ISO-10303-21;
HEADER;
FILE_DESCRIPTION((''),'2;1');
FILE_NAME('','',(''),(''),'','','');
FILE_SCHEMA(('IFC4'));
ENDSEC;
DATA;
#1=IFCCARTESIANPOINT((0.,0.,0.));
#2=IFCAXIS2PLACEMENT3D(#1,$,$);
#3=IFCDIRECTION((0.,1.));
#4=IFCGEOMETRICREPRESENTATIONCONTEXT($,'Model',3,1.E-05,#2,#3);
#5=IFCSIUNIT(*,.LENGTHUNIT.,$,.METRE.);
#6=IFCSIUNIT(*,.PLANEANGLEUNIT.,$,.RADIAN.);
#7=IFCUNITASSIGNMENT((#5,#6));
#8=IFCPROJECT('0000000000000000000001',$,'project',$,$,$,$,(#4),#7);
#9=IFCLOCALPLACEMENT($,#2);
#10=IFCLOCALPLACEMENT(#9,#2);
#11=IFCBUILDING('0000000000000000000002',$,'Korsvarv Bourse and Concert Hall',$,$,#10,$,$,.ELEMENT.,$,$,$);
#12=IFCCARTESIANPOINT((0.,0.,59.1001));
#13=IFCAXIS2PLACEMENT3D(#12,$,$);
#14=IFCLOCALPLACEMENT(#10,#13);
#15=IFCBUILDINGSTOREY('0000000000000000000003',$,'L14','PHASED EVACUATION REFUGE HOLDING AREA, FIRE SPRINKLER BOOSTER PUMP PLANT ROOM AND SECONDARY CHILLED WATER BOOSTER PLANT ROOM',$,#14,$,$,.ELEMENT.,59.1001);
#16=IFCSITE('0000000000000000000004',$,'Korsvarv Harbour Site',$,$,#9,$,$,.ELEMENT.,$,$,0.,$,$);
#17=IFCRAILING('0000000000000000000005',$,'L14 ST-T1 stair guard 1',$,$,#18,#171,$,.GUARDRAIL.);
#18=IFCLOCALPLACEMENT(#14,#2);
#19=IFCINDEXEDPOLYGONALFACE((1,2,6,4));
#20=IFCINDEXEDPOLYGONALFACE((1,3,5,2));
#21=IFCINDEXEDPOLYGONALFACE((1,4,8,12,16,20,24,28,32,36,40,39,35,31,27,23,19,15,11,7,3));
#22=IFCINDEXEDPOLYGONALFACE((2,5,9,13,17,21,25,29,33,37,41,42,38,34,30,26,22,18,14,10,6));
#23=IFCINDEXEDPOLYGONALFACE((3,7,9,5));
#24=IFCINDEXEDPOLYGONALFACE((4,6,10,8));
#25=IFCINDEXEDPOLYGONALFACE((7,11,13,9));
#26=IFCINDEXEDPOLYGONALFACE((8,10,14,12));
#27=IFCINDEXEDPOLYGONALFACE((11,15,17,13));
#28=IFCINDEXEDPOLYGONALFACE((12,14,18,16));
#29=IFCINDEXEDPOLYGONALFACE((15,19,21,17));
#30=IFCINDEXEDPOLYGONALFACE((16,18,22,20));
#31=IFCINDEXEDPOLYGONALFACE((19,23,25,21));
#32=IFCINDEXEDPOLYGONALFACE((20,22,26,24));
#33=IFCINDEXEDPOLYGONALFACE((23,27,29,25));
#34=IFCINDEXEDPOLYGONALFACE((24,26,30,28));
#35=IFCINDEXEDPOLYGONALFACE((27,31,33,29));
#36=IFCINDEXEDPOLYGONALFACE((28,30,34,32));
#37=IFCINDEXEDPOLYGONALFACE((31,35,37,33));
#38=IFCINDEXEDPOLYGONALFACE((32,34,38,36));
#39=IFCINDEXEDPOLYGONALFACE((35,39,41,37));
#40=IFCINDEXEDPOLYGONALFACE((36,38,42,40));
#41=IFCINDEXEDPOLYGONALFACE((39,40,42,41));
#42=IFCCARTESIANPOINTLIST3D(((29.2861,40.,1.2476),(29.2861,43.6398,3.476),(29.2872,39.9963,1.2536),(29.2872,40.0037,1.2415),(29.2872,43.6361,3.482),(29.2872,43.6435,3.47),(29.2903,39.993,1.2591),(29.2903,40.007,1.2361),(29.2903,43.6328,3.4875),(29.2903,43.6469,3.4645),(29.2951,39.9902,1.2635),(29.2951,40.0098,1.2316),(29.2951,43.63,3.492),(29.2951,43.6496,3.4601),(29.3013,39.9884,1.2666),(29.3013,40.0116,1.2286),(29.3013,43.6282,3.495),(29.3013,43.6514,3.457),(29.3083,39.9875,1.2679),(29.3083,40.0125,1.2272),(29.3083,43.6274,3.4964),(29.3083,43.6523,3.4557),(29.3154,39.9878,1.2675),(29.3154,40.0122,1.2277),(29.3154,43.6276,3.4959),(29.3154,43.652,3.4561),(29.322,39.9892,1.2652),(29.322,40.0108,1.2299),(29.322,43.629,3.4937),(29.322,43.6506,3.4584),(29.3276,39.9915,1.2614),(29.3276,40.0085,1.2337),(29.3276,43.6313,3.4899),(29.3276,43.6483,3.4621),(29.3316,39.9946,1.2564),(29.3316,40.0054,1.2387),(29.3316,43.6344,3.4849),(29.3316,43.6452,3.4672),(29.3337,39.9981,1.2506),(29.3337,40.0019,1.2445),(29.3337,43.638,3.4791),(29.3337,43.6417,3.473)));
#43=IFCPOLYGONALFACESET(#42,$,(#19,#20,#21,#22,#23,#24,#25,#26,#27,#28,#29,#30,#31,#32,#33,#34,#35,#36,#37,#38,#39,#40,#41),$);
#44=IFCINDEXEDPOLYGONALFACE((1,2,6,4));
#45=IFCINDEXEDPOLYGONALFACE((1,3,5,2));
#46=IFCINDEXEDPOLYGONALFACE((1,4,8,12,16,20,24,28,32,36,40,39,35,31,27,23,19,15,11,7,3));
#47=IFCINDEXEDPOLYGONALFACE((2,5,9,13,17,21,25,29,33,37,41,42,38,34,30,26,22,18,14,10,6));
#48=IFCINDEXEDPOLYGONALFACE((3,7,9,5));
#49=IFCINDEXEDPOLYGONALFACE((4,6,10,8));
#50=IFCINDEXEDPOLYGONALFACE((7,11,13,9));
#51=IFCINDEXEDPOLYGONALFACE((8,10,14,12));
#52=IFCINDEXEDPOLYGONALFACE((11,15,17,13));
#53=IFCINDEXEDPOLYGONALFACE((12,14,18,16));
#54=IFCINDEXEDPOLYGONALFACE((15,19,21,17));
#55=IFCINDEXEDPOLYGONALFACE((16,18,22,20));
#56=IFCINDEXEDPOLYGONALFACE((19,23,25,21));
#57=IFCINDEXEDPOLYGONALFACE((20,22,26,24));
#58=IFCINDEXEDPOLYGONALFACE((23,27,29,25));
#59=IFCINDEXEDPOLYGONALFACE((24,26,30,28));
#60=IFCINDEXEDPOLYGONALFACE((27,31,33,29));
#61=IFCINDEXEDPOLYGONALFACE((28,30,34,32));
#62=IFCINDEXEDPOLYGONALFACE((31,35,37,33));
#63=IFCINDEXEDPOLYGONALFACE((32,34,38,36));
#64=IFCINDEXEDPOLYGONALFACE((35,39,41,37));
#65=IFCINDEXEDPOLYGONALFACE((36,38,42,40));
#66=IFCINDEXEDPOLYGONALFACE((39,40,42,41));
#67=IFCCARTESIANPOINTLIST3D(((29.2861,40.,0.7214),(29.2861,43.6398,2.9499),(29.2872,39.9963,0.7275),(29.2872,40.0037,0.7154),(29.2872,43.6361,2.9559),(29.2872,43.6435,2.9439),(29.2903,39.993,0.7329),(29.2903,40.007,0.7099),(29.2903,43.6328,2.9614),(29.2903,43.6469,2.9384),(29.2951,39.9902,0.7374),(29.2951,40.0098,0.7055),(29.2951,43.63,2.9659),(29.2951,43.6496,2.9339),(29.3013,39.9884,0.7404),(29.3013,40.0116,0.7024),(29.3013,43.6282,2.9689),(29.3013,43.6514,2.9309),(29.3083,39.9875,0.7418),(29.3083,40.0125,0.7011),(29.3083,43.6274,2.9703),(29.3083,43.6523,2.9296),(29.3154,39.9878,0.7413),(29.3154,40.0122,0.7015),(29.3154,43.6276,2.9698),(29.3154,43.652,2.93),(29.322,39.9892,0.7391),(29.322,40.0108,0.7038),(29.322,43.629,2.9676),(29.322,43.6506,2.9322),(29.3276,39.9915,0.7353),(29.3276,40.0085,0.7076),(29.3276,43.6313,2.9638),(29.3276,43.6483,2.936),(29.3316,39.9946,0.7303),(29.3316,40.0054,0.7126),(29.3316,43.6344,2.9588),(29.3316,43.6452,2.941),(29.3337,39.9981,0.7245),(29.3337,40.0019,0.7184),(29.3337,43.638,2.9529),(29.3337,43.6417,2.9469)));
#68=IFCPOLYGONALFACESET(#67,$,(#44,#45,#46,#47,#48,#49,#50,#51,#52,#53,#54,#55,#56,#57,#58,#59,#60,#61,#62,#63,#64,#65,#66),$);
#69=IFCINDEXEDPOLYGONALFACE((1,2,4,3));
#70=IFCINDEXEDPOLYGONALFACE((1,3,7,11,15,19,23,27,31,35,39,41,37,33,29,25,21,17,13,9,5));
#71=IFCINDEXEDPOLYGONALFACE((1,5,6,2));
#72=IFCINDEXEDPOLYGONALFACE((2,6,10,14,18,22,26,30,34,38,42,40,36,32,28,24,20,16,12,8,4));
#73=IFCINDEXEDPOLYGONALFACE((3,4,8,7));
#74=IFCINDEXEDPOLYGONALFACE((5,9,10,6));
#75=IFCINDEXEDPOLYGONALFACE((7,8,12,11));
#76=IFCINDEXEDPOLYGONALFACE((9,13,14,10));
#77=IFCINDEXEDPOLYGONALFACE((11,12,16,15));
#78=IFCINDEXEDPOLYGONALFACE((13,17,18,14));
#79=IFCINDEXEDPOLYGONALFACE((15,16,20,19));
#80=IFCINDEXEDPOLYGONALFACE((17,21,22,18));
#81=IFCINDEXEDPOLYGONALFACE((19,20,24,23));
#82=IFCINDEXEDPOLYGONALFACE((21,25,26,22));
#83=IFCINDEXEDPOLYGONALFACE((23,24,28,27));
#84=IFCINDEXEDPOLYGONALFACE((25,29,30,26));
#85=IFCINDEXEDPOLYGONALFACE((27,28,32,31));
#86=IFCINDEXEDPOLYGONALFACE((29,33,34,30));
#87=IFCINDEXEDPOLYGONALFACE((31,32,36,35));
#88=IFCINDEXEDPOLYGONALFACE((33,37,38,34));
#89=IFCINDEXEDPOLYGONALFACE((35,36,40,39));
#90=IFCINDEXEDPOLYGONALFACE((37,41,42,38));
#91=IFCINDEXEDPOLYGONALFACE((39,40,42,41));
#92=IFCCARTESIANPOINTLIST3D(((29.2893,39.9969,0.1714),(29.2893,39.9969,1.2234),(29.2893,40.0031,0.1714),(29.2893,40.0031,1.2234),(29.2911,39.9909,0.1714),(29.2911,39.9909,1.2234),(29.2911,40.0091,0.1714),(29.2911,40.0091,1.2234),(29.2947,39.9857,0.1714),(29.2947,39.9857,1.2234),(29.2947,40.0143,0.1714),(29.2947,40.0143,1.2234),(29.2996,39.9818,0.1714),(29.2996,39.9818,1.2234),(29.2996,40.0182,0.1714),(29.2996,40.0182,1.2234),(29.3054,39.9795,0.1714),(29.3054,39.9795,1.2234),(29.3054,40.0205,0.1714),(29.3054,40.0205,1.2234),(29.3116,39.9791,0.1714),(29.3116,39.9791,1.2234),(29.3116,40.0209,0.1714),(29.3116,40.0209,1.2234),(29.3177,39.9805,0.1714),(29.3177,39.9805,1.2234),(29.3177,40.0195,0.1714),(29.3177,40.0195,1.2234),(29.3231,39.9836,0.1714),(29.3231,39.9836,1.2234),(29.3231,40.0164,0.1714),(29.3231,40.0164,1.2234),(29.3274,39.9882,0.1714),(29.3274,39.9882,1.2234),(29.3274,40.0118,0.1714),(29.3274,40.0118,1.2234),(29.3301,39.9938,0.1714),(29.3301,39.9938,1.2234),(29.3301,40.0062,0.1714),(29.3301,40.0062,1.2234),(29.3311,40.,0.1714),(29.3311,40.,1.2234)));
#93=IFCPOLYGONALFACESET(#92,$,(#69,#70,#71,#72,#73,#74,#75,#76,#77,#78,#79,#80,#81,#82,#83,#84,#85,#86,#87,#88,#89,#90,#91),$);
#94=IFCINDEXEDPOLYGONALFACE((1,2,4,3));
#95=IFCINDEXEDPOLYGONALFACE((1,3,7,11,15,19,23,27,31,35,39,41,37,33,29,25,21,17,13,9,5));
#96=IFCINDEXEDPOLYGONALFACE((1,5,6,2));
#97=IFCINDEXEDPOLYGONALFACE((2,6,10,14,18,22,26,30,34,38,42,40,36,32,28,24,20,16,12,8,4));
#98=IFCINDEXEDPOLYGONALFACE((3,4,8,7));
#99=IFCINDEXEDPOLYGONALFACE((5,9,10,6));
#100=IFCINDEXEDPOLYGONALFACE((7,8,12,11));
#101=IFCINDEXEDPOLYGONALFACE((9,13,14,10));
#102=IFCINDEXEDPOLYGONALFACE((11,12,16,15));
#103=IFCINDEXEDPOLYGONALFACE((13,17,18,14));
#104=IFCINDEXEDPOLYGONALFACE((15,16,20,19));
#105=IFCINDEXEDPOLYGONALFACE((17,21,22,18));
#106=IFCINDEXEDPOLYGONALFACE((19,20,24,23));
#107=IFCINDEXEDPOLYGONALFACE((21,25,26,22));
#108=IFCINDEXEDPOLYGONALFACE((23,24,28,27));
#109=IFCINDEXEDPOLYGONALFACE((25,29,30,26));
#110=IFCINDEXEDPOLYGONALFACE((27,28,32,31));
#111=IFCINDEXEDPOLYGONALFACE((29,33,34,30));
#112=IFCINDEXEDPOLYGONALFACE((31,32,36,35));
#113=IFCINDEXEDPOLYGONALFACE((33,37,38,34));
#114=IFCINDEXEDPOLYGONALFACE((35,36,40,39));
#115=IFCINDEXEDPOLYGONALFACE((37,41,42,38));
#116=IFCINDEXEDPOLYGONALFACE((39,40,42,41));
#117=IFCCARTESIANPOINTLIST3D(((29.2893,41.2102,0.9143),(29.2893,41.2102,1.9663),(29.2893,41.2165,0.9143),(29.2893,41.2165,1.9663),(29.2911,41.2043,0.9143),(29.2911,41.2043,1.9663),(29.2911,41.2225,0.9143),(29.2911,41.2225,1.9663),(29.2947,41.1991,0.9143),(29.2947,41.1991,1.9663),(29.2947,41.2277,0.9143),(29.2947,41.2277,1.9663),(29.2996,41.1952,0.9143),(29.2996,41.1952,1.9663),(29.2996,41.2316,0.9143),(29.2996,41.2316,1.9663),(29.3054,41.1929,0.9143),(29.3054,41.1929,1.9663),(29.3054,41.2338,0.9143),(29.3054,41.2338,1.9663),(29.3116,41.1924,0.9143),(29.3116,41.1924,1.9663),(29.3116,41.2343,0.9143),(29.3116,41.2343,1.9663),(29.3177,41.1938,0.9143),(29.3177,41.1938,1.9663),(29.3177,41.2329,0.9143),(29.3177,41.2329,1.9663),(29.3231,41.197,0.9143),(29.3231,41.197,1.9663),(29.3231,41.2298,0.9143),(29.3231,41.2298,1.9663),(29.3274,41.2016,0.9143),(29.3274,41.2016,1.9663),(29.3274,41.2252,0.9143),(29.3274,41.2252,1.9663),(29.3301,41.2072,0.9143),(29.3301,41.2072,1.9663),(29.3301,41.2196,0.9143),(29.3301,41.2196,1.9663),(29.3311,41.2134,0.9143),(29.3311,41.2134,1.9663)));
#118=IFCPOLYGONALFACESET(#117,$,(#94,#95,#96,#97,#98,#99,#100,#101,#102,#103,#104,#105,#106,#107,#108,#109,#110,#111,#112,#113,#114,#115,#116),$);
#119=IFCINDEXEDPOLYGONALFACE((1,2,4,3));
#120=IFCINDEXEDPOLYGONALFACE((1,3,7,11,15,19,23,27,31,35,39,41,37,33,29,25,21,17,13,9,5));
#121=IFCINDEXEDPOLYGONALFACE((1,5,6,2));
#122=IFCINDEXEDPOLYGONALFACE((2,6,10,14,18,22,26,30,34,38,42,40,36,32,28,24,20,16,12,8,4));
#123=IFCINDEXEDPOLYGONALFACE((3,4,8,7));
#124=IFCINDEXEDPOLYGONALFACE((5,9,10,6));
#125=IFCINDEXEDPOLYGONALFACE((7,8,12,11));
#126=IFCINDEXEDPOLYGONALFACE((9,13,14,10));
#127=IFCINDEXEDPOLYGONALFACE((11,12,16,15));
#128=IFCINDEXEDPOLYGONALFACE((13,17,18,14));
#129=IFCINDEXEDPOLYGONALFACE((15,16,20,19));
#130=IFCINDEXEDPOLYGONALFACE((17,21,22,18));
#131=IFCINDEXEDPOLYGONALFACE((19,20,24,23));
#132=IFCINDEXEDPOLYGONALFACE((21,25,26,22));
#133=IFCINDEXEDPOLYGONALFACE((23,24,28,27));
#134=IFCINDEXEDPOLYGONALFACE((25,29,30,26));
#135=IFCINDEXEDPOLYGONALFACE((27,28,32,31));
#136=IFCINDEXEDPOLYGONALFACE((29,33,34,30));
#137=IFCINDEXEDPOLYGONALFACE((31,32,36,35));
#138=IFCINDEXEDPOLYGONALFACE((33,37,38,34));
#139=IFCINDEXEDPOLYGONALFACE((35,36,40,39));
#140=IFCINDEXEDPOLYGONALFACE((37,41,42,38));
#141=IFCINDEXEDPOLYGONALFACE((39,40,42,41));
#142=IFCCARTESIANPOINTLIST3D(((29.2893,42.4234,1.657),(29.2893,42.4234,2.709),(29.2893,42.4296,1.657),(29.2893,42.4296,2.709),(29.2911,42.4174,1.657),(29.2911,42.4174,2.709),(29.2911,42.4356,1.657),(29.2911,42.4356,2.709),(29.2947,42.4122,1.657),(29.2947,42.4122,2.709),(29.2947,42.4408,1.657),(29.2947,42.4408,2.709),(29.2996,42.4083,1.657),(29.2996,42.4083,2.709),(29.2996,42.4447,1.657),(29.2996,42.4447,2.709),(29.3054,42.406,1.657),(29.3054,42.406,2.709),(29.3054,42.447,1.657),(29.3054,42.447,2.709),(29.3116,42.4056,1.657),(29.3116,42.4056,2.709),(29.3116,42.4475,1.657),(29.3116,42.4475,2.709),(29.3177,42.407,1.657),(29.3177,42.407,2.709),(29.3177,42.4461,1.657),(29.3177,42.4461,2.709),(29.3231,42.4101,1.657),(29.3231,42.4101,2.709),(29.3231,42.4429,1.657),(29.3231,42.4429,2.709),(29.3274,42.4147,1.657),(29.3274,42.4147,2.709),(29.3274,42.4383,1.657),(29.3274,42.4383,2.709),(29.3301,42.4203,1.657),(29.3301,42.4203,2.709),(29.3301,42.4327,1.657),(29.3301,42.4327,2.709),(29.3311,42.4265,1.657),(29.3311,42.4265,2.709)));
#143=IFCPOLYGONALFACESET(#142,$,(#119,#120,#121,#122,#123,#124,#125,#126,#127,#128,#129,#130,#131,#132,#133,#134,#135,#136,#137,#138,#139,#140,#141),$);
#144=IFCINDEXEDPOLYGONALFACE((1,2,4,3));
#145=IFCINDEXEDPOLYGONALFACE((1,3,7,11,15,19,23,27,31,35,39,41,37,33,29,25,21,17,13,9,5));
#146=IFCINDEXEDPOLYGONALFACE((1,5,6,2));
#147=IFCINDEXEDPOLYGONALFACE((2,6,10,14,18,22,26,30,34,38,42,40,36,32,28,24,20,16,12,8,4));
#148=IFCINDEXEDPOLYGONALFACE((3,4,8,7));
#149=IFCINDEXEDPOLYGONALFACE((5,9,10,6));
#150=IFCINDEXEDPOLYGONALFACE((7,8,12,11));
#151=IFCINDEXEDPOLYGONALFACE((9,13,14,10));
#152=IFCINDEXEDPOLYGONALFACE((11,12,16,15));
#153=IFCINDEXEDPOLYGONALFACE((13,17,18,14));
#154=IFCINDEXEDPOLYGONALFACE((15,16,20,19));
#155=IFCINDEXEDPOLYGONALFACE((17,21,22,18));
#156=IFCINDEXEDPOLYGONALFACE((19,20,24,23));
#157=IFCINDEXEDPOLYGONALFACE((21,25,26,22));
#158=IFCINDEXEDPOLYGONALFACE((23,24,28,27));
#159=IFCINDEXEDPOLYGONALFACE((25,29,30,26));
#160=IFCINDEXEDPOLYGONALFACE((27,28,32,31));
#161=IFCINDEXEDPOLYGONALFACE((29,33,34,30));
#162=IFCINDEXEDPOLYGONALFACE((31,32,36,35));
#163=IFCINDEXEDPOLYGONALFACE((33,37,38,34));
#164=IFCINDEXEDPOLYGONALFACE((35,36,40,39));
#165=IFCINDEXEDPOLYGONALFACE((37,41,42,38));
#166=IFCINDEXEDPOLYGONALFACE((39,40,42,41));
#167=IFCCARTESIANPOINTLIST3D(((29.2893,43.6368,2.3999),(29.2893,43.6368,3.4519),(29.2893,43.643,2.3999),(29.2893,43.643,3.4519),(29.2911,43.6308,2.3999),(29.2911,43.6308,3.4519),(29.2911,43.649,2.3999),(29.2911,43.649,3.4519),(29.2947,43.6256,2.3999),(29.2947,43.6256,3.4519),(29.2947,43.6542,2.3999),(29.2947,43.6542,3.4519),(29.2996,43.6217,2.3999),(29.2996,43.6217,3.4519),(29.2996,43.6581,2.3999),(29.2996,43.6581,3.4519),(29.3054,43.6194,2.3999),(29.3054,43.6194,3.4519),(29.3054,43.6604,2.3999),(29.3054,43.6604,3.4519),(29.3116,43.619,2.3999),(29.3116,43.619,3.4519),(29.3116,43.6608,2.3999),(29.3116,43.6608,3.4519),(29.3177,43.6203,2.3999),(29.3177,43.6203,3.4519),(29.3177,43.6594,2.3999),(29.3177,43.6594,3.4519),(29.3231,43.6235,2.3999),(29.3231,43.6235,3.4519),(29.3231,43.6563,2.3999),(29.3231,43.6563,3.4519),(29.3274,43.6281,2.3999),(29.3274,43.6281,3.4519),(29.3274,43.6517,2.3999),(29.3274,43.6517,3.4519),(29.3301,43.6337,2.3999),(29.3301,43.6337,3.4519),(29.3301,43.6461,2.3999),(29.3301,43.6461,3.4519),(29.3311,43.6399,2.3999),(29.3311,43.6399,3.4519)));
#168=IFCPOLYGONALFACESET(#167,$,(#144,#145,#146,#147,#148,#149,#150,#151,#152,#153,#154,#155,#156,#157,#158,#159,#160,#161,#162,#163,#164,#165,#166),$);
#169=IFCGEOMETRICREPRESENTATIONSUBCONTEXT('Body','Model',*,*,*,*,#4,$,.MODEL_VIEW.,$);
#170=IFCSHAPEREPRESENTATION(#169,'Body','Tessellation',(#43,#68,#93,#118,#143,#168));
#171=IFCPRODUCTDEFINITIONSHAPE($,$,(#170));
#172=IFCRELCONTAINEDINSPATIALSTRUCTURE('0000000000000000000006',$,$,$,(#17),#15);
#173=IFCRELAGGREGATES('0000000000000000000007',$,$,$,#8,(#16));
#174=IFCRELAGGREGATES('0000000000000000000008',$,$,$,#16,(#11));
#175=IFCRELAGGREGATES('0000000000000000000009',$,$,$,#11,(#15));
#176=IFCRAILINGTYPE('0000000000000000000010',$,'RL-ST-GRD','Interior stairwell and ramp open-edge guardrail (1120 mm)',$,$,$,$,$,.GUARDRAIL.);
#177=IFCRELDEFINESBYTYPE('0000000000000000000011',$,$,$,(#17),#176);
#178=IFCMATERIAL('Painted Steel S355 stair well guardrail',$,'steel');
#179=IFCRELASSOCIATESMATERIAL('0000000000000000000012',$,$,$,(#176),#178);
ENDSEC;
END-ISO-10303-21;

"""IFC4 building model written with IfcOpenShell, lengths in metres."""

from ifc_helpers import new_model, si_unit, direction, frame, origin, origin_2d, place, context, subcontext, project, spatial, circle, extrude, material, type_object, element, save


model = new_model("IFC4")

# Units and contexts
model_context = context("Model", 3, precision=1e-05, world=origin(), true_north=direction((0.0, 1.0)))
body_context = subcontext(model_context, "Body", "Model", "MODEL_VIEW")
ifc_project = project(units=[si_unit("LENGTHUNIT", "METRE"), si_unit("PLANEANGLEUNIT", "RADIAN")], contexts=[model_context])

# Site, building, storey
site_placement = place(None, origin())
site = spatial("IfcSite", under=ifc_project, at=site_placement, Name="Korsvarv Harbour Site", CompositionType="ELEMENT", RefElevation=0.0)
building_placement = place(site_placement, origin())
building = spatial("IfcBuilding", under=site, at=building_placement, Name="Korsvarv Bourse and Concert Hall", CompositionType="ELEMENT")
storey_placement = place(building_placement, frame((0.0, 0.0, 59.1001)))
storey = spatial("IfcBuildingStorey", under=building, at=storey_placement, Name="L14", Description="PHASED EVACUATION REFUGE HOLDING AREA, FIRE SPRINKLER BOOSTER PUMP PLANT ROOM AND SECONDARY CHILLED WATER BOOSTER PLANT ROOM", CompositionType="ELEMENT", Elevation=59.1001)

# Railing
ifc_material_1 = material(Name="Painted Steel S355 stair well guardrail", Category="steel")
railing_type_1 = type_object("IfcRailingType", Name="RL-ST-GRD", Description="Interior stairwell and ramp open-edge guardrail (1120 mm)", PredefinedType="GUARDRAIL", material=ifc_material_1)
railing_1_placement = place(storey_placement, frame((29.3101, 40.0, 0.1714)))
element("IfcRailing", 1, at=railing_1_placement, inside=storey, type_object=railing_type_1, Name="L14 ST-T1 stair guard 1", PredefinedType="GUARDRAIL", context=body_context, shape_type="SweptSolid", body=[
    extrude(circle(Radius=0.0239, at=origin_2d()), frame((0.0, 0.0, 1.0762), z_axis=(0.0, 0.85285, 0.522156), x_axis=(-1.0, 0.0, 0.0)), (0.0, 0.0, 1.0), 4.2678),
    extrude(circle(Radius=0.0239, at=origin_2d()), frame((0.0, 0.0, 0.55), z_axis=(0.0, 0.85285, 0.522156), x_axis=(-1.0, 0.0, 0.0)), (0.0, 0.0, 1.0), 4.2678),
    extrude(circle(Radius=0.021, at=origin_2d()), origin(), (0.0, 0.0, 1.0), 1.052),
    extrude(circle(Radius=0.021, at=origin_2d()), frame((0.0, 1.2134, 0.7429)), (0.0, 0.0, 1.0), 1.052),
    extrude(circle(Radius=0.021, at=origin_2d()), frame((0.0, 2.4265, 1.4856)), (0.0, 0.0, 1.0), 1.052),
    extrude(circle(Radius=0.021, at=origin_2d()), frame((0.0, 3.6399, 2.2285)), (0.0, 0.0, 1.0), 1.052),
])

save(model, "model.ifc")
